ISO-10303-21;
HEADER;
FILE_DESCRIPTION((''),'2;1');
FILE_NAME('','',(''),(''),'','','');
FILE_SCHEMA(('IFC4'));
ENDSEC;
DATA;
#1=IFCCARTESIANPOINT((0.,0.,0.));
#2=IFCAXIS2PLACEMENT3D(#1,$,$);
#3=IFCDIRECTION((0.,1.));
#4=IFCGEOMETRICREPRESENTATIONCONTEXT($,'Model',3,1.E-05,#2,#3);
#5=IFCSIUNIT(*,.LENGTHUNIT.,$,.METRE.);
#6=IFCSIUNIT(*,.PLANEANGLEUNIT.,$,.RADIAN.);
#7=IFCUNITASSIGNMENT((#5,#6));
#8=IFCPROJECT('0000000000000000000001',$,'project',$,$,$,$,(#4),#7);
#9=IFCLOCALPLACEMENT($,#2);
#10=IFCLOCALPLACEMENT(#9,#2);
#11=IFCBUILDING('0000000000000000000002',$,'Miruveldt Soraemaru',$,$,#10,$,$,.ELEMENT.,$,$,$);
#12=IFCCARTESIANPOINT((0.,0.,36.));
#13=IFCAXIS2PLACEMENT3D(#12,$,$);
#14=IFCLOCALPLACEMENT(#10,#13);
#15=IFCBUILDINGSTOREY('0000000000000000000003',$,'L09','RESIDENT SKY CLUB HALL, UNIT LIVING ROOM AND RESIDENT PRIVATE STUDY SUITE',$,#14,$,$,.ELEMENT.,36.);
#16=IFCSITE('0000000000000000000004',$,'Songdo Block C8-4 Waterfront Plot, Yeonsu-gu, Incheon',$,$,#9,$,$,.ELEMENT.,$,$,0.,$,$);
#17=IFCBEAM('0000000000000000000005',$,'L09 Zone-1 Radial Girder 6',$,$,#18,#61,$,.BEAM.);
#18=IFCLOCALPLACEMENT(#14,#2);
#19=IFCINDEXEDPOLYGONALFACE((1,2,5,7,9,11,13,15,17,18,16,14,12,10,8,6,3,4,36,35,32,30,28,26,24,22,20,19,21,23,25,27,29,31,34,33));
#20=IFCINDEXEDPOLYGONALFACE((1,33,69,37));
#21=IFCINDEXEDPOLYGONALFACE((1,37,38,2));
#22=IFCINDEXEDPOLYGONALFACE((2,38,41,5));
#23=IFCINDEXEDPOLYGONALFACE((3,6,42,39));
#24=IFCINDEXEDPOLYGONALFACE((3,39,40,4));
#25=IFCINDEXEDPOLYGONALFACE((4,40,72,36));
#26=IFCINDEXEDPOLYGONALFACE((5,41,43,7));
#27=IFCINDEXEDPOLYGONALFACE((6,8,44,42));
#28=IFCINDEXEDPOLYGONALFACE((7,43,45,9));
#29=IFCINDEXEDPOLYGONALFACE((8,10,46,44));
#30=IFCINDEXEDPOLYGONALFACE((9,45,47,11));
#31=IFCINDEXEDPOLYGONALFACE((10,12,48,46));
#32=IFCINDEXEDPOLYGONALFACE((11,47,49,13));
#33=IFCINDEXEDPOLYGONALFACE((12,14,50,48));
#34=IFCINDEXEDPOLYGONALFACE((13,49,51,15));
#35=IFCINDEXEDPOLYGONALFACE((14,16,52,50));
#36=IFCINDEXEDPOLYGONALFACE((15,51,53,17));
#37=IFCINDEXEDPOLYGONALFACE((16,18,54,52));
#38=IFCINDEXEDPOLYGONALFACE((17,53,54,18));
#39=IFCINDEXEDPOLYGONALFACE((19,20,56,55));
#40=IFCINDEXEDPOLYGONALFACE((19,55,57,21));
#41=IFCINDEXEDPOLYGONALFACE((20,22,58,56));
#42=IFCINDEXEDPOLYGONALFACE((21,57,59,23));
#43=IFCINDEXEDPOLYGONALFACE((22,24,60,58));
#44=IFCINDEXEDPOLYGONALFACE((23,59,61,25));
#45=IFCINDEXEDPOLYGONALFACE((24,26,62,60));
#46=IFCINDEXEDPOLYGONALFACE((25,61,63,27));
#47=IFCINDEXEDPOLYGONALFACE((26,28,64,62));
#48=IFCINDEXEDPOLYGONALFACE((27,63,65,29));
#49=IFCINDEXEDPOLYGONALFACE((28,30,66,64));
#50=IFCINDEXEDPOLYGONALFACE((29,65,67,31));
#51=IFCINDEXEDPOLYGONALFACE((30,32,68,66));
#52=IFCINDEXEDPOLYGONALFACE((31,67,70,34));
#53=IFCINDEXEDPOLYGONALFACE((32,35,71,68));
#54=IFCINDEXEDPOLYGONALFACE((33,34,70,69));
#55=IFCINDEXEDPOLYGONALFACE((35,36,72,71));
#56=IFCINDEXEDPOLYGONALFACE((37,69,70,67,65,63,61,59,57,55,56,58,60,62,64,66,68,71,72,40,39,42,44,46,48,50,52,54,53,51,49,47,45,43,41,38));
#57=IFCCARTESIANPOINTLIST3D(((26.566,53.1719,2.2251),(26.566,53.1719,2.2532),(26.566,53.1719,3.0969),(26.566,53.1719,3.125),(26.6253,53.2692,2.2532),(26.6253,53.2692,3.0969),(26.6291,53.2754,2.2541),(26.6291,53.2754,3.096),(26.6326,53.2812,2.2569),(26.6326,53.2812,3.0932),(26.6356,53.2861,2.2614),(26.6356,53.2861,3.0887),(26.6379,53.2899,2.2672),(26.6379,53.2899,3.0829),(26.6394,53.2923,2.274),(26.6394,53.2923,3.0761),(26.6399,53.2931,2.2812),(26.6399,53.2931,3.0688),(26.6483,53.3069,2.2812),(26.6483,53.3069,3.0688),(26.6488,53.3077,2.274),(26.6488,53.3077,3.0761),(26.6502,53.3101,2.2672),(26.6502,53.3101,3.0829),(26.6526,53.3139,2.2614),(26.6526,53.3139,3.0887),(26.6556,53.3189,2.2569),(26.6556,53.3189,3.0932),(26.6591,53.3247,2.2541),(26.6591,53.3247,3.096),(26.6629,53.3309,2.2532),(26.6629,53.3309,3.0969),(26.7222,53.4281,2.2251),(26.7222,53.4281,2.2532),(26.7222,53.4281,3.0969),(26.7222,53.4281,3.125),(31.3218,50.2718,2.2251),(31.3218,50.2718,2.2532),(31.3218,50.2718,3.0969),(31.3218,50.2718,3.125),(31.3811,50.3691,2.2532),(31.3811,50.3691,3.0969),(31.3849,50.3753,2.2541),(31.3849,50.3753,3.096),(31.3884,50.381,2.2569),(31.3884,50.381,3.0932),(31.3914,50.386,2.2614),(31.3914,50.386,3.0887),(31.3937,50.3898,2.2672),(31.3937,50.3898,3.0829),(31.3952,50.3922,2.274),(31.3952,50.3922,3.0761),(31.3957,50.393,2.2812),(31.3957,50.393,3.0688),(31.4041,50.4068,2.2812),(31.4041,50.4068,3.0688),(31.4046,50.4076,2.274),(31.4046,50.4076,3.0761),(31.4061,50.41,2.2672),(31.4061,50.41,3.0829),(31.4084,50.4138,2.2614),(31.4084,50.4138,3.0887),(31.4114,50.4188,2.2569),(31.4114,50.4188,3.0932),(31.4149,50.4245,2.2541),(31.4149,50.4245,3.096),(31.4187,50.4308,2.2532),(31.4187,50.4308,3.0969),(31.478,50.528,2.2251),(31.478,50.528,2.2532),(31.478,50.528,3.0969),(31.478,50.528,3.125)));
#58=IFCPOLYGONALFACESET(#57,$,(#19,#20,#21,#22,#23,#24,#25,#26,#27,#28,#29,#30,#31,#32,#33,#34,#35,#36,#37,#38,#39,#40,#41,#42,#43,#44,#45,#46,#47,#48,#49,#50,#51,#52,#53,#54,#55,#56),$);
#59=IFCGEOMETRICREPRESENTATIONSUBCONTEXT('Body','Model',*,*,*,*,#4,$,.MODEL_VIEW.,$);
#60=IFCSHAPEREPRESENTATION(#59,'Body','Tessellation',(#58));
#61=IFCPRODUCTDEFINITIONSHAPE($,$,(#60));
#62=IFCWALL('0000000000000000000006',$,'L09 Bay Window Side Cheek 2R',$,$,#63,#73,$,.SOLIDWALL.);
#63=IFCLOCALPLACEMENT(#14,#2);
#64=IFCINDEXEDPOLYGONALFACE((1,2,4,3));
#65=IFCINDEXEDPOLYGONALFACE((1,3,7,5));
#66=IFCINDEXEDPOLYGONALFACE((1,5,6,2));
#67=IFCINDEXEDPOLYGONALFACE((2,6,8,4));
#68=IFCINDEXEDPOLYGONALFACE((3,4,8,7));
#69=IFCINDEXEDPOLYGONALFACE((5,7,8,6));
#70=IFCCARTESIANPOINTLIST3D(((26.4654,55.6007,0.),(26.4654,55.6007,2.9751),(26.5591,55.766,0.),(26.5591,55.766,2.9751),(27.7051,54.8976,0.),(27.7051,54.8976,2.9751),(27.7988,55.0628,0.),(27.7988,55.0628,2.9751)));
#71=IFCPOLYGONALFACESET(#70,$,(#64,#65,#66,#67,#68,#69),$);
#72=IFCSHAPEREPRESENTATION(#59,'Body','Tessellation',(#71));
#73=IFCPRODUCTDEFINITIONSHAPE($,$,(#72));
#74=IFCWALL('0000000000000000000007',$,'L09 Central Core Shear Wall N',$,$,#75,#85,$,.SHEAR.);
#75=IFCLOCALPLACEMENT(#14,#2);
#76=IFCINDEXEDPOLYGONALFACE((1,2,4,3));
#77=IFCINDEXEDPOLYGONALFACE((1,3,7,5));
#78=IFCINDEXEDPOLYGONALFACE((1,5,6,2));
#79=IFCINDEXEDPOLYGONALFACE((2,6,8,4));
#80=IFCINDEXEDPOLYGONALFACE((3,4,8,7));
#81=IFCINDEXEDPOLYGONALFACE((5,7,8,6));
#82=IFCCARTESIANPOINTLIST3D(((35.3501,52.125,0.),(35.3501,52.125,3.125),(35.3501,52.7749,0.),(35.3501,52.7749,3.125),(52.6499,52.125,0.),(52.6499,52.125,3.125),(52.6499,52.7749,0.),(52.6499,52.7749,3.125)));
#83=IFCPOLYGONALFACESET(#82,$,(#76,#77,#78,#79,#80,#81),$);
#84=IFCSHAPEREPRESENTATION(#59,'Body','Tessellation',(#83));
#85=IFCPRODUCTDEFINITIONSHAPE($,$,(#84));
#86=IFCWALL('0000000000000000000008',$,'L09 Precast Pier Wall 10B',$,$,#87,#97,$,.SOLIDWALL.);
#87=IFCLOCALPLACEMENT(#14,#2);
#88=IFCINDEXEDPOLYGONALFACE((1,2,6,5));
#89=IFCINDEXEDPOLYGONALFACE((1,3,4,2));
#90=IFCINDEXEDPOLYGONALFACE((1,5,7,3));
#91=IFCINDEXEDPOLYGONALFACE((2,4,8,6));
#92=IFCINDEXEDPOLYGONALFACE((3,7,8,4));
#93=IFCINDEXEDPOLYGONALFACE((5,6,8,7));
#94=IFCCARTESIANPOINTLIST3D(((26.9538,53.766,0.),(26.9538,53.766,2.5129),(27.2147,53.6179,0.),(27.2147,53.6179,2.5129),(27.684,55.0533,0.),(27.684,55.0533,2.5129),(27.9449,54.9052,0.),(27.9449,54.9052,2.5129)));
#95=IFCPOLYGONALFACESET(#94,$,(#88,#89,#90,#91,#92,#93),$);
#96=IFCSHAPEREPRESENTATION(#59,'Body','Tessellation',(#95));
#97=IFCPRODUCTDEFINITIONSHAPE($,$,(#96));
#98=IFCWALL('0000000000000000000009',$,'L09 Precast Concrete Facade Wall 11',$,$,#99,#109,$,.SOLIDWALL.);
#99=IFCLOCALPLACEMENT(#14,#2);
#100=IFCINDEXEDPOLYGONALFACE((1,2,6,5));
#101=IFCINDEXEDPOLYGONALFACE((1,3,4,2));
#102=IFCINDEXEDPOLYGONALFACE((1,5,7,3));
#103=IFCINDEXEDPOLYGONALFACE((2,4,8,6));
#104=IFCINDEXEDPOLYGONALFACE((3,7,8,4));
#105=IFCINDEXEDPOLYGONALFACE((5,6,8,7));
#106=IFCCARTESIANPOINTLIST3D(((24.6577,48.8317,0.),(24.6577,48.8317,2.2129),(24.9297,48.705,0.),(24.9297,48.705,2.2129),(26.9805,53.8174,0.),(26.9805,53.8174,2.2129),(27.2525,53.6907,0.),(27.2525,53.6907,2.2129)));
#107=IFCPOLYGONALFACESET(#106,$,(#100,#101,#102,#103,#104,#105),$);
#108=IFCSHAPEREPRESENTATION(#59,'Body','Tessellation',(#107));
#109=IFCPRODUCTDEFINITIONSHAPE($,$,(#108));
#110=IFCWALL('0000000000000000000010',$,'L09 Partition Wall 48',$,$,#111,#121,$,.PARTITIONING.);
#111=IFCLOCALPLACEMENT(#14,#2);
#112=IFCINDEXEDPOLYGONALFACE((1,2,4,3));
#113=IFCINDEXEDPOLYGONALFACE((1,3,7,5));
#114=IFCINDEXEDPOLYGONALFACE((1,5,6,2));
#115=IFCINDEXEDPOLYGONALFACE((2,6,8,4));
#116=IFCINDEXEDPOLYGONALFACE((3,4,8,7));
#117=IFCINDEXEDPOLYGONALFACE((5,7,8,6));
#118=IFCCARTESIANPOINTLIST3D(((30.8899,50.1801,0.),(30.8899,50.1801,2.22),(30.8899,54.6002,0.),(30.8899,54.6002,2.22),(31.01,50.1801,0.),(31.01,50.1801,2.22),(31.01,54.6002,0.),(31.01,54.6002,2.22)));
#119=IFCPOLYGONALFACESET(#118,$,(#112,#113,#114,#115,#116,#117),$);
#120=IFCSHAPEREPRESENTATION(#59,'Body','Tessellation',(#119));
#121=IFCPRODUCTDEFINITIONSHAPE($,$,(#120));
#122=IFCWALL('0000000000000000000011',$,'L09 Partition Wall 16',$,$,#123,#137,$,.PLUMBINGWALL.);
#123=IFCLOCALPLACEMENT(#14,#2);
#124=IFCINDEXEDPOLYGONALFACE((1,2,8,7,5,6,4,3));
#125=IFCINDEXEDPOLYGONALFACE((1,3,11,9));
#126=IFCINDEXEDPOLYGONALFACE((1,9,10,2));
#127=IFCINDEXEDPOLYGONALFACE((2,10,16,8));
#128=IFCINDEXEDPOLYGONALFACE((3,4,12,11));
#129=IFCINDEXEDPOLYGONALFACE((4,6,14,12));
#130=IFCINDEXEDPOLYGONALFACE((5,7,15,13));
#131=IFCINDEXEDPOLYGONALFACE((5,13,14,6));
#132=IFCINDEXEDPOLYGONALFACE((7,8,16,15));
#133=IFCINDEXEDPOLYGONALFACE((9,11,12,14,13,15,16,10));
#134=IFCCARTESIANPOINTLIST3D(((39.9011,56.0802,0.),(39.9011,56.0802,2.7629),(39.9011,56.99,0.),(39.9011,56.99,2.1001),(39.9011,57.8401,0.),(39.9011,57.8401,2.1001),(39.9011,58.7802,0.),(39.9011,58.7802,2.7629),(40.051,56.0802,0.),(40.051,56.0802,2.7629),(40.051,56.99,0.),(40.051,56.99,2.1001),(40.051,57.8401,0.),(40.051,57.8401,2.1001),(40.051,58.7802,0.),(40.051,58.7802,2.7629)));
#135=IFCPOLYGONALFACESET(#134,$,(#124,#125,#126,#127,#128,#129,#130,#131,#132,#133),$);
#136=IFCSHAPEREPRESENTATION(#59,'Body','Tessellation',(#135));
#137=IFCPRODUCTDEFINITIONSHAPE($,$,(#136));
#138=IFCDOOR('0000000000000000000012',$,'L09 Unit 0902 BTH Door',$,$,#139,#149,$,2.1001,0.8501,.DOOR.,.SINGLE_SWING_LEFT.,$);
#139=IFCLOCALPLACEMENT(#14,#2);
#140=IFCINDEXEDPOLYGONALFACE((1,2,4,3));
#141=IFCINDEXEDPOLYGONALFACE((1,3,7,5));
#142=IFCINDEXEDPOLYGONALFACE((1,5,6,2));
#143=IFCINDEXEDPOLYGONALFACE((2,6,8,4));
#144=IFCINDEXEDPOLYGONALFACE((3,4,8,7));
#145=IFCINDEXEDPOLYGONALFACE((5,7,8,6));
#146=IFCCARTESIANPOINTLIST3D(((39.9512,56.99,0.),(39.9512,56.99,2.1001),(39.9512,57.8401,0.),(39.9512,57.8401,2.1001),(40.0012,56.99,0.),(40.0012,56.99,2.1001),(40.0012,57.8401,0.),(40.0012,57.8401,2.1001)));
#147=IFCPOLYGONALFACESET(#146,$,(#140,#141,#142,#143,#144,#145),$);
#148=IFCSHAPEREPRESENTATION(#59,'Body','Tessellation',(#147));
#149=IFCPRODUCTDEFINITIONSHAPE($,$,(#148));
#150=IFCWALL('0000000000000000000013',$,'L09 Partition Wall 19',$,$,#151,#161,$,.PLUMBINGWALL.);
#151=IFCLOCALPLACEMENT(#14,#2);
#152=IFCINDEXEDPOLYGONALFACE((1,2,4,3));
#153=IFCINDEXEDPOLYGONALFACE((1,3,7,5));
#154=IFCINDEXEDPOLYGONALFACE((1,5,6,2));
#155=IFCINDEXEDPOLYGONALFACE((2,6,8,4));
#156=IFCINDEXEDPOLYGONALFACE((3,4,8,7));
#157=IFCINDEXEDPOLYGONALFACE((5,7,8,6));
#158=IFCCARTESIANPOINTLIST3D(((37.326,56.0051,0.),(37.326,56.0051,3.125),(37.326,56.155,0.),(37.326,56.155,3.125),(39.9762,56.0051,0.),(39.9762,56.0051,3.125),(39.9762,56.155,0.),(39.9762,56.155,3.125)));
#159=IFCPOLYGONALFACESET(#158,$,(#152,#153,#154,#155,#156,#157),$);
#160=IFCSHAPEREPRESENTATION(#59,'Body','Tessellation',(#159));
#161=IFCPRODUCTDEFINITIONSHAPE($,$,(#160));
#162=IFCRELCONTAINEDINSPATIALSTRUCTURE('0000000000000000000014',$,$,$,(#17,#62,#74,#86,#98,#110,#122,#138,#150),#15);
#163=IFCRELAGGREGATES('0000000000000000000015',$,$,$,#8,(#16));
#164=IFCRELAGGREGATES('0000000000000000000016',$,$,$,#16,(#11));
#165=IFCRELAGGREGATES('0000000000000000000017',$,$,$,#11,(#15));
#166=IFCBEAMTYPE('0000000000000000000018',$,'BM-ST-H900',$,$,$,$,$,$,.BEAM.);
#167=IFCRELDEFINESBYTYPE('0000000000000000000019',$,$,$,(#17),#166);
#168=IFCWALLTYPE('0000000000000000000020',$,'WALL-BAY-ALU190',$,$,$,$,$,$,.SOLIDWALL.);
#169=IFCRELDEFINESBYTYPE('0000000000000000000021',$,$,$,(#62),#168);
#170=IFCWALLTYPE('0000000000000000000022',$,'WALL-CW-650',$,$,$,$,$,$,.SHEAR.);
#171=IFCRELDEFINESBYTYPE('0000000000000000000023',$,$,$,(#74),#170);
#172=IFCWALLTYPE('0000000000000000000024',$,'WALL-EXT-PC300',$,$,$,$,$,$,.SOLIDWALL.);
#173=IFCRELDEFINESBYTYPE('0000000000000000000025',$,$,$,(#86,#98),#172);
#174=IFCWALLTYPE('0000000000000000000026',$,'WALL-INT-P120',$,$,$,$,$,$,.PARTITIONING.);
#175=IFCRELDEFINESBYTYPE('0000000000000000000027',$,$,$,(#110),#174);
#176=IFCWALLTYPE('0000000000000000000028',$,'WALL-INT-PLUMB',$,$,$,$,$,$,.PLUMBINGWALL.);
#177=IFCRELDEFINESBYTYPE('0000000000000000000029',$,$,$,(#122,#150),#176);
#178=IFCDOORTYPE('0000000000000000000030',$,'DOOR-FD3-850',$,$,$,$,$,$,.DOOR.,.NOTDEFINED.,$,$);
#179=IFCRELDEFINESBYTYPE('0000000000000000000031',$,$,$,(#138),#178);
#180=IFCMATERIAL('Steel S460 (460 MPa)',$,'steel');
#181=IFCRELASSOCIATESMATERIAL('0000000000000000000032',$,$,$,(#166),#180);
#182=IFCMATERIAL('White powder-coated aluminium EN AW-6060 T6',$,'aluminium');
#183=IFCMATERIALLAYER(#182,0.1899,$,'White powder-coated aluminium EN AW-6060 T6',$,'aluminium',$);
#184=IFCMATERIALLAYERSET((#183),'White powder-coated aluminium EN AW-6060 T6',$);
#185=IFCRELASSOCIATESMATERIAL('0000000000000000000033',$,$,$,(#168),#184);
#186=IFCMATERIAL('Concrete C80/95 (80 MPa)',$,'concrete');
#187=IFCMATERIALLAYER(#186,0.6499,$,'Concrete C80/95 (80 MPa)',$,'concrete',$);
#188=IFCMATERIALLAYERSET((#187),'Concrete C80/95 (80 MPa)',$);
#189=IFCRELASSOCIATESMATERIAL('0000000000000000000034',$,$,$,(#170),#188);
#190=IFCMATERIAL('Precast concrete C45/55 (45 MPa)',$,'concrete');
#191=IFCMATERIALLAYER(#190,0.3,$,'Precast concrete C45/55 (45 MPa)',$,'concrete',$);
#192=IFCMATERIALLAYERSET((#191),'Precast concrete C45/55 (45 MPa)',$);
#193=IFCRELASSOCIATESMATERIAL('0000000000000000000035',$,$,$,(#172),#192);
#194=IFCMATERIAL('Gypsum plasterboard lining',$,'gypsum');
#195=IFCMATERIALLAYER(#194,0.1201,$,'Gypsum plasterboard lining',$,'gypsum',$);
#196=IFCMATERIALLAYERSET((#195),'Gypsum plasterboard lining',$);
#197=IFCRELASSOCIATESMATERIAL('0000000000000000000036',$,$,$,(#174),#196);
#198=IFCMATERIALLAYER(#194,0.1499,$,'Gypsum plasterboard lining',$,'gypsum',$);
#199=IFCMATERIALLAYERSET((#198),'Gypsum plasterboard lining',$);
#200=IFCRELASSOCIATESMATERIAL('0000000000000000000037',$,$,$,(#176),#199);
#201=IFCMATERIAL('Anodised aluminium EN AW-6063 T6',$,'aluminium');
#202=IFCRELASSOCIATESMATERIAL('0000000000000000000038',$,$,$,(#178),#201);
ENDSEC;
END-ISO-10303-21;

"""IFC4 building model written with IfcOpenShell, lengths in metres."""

from ifc_helpers import new_model, si_unit, direction, frame, frame_2d, origin, origin_2d, place, context, subcontext, project, spatial, rectangle, i_section, extrude, material, layer, layer_set, material_profile, profile_set, type_object, element, fill, save


model = new_model("IFC4")

# Units and contexts
model_context = context("Model", 3, precision=1e-05, world=origin(), true_north=direction((0.0, 1.0)))
body_context = subcontext(model_context, "Body", "Model", "MODEL_VIEW")
ifc_project = project(units=[si_unit("LENGTHUNIT", "METRE"), si_unit("PLANEANGLEUNIT", "RADIAN")], contexts=[model_context])

# Site, building, storey
site_placement = place(None, origin())
site = spatial("IfcSite", under=ifc_project, at=site_placement, Name="Songdo Block C8-4 Waterfront Plot, Yeonsu-gu, Incheon", CompositionType="ELEMENT", RefElevation=0.0)
building_placement = place(site_placement, origin())
building = spatial("IfcBuilding", under=site, at=building_placement, Name="Miruveldt Soraemaru", CompositionType="ELEMENT")
storey_placement = place(building_placement, frame((0.0, 0.0, 36.0)))
storey = spatial("IfcBuildingStorey", under=building, at=storey_placement, Name="L09", Description="RESIDENT SKY CLUB HALL, UNIT LIVING ROOM AND RESIDENT PRIVATE STUDY SUITE", CompositionType="ELEMENT", Elevation=36.0)

# Shared definitions
ifc_material_1 = material(Name="Concrete C80/95 (80 MPa)", Category="concrete")

# Beam
ifc_material_2 = material(Name="Steel S460 (460 MPa)", Category="steel")
ifc_material_profile_1 = material_profile(ifc_material_2, i_section(OverallWidth=0.3, OverallDepth=0.8999, WebThickness=0.0161, FlangeThickness=0.0281, FilletRadius=0.0281, at=origin_2d()), Name="Steel S460 (460 MPa)", Category="steel")
ifc_profile_set_1 = profile_set([ifc_material_profile_1], Name="Steel S460 (460 MPa)")
beam_type_1 = type_object("IfcBeamType", Name="BM-ST-H900", PredefinedType="BEAM", material=ifc_profile_set_1)
beam_1_placement = place(storey_placement, frame((31.3999, 50.3999, 2.675), z_axis=(-0.853778, 0.520638, 0.0), x_axis=(-0.520638, -0.853778, 0.0)))
element("IfcBeam", 1, at=beam_1_placement, inside=storey, type_object=beam_type_1, Name="L09 Zone-1 Radial Girder 6", PredefinedType="BEAM", context=body_context, shape_type="SweptSolid", body=[
    extrude(i_section(OverallWidth=0.3, OverallDepth=0.8999, WebThickness=0.0161, FlangeThickness=0.0281, FilletRadius=0.0281, at=origin_2d()), origin(), (0.0, 0.0, 1.0), 5.5703),
])

# Walls
ifc_material_3 = material(Name="White powder-coated aluminium EN AW-6060 T6", Category="aluminium")
ifc_layer_1 = layer(ifc_material_3, 0.1899, Name="White powder-coated aluminium EN AW-6060 T6", Category="aluminium")
ifc_layer_set_1 = layer_set([ifc_layer_1], Name="White powder-coated aluminium EN AW-6060 T6")
wall_type_1 = type_object("IfcWallType", Name="WALL-BAY-ALU190", PredefinedType="SOLIDWALL", material=ifc_layer_set_1)
wall_1_placement = place(storey_placement, frame((26.5122, 55.6833, 0.0), z_axis=(0.0, 0.0, 1.0), x_axis=(0.869841, -0.493332, 0.0)))
element("IfcWall", 2, at=wall_1_placement, inside=storey, type_object=wall_type_1, Name="L09 Bay Window Side Cheek 2R", PredefinedType="SOLIDWALL", context=body_context, shape_type="SweptSolid", body=[
    extrude(rectangle(XDim=1.4253, YDim=0.1899, at=frame_2d((0.7126, 0.0))), origin(), (0.0, 0.0, 1.0), 2.9751),
])
ifc_layer_2 = layer(ifc_material_1, 0.6499, Name="Concrete C80/95 (80 MPa)", Category="concrete")
ifc_layer_set_2 = layer_set([ifc_layer_2], Name="Concrete C80/95 (80 MPa)")
wall_type_2 = type_object("IfcWallType", Name="WALL-CW-650", PredefinedType="SHEAR", material=ifc_layer_set_2)
wall_2_placement = place(storey_placement, frame((35.3501, 52.45, 0.0), z_axis=(0.0, 0.0, 1.0), x_axis=(1.0, 0.0, 0.0)))
element("IfcWall", 3, at=wall_2_placement, inside=storey, type_object=wall_type_2, Name="L09 Central Core Shear Wall N", PredefinedType="SHEAR", context=body_context, shape_type="SweptSolid", body=[
    extrude(rectangle(XDim=17.2998, YDim=0.6499, at=frame_2d((8.6499, 0.0))), origin(), (0.0, 0.0, 1.0), 3.125),
])
ifc_material_4 = material(Name="Precast concrete C45/55 (45 MPa)", Category="concrete")
ifc_layer_3 = layer(ifc_material_4, 0.3, Name="Precast concrete C45/55 (45 MPa)", Category="concrete")
ifc_layer_set_3 = layer_set([ifc_layer_3], Name="Precast concrete C45/55 (45 MPa)")
wall_type_3 = type_object("IfcWallType", Name="WALL-EXT-PC300", PredefinedType="SOLIDWALL", material=ifc_layer_set_3)
wall_3_placement = place(storey_placement, frame((27.8145, 54.9792, 0.0), z_axis=(0.0, 0.0, 1.0), x_axis=(-0.493383, -0.869812, 0.0)))
element("IfcWall", 4, at=wall_3_placement, inside=storey, type_object=wall_type_3, Name="L09 Precast Pier Wall 10B", PredefinedType="SOLIDWALL", context=body_context, shape_type="SweptSolid", body=[
    extrude(rectangle(XDim=1.48, YDim=0.3, at=frame_2d((0.74, 0.0))), origin(), (0.0, 0.0, 1.0), 2.5129),
])
wall_4_placement = place(storey_placement, frame((27.1165, 53.7539, 0.0), z_axis=(0.0, 0.0, 1.0), x_axis=(-0.422309, -0.906452, 0.0)))
element("IfcWall", 5, at=wall_4_placement, inside=storey, type_object=wall_type_3, Name="L09 Precast Concrete Facade Wall 11", PredefinedType="SOLIDWALL", context=body_context, shape_type="SweptSolid", body=[
    extrude(rectangle(XDim=5.5002, YDim=0.3, at=frame_2d((2.75, 0.0))), origin(), (0.0, 0.0, 1.0), 2.2129),
])
ifc_material_5 = material(Name="Gypsum plasterboard lining", Category="gypsum")
ifc_layer_4 = layer(ifc_material_5, 0.1201, Name="Gypsum plasterboard lining", Category="gypsum")
ifc_layer_set_4 = layer_set([ifc_layer_4], Name="Gypsum plasterboard lining")
wall_type_4 = type_object("IfcWallType", Name="WALL-INT-P120", PredefinedType="PARTITIONING", material=ifc_layer_set_4)
wall_5_placement = place(storey_placement, frame((30.95, 54.6001, 0.0), z_axis=(0.0, 0.0, 1.0), x_axis=(0.0, -1.0, 0.0)))
element("IfcWall", 6, at=wall_5_placement, inside=storey, type_object=wall_type_4, Name="L09 Partition Wall 48", PredefinedType="PARTITIONING", context=body_context, shape_type="SweptSolid", body=[
    extrude(rectangle(XDim=4.4202, YDim=0.1201, at=frame_2d((2.21, 0.0))), origin(), (0.0, 0.0, 1.0), 2.22),
])

# Wall, opening, door
ifc_layer_5 = layer(ifc_material_5, 0.1499, Name="Gypsum plasterboard lining", Category="gypsum")
ifc_layer_set_5 = layer_set([ifc_layer_5], Name="Gypsum plasterboard lining")
wall_type_5 = type_object("IfcWallType", Name="WALL-INT-PLUMB", PredefinedType="PLUMBINGWALL", material=ifc_layer_set_5)
wall_6_placement = place(storey_placement, frame((39.9761, 56.0801, 0.0), z_axis=(0.0, 0.0, 1.0), x_axis=(0.0, 1.0, 0.0)))
wall_6 = element("IfcWall", 7, at=wall_6_placement, inside=storey, type_object=wall_type_5, Name="L09 Partition Wall 16", PredefinedType="PLUMBINGWALL", context=body_context, shape_type="SweptSolid", body=[
    extrude(rectangle(XDim=2.7, YDim=0.1499, at=frame_2d((1.3501, 0.0))), origin(), (0.0, 0.0, 1.0), 2.7629),
])
opening_1_placement = place(wall_6_placement, frame((0.9099, 0.0, 0.0)))
opening_1 = element("IfcOpeningElement", 8, at=opening_1_placement, cuts=wall_6, PredefinedType="OPENING", context=body_context, shape_type="SweptSolid", body=[
    extrude(rectangle(XDim=0.8501, YDim=2.1001, at=frame_2d((0.425, 1.05))), frame((0.0, 0.085, 0.0), z_axis=(0.0, -1.0, 0.0), x_axis=(1.0, 0.0, 0.0)), (0.0, 0.0, 1.0), 0.1699),
])
ifc_material_6 = material(Name="Anodised aluminium EN AW-6063 T6", Category="aluminium")
door_type_1 = type_object("IfcDoorType", Name="DOOR-FD3-850", OperationType="NOTDEFINED", PredefinedType="DOOR", material=ifc_material_6)
door_1_placement = place(opening_1_placement, origin())
door_1 = element("IfcDoor", 9, at=door_1_placement, inside=storey, type_object=door_type_1, Name="L09 Unit 0902 BTH Door", OperationType="SINGLE_SWING_LEFT", OverallHeight=2.1001, OverallWidth=0.8501, PredefinedType="DOOR", context=body_context, shape_type="SweptSolid", body=[
    extrude(rectangle(XDim=0.8501, YDim=2.1001, at=frame_2d((0.425, 1.05))), frame((0.0, 0.0249, 0.0), z_axis=(0.0, -1.0, 0.0), x_axis=(1.0, 0.0, 0.0)), (0.0, 0.0, 1.0), 0.05),
])
fill(opening_1, door_1)

# Wall
wall_7_placement = place(storey_placement, frame((37.3259, 56.0801, 0.0), z_axis=(0.0, 0.0, 1.0), x_axis=(1.0, 0.0, 0.0)))
element("IfcWall", 10, at=wall_7_placement, inside=storey, type_object=wall_type_5, Name="L09 Partition Wall 19", PredefinedType="PLUMBINGWALL", context=body_context, shape_type="SweptSolid", body=[
    extrude(rectangle(XDim=2.6501, YDim=0.1499, at=frame_2d((1.3252, 0.0))), origin(), (0.0, 0.0, 1.0), 3.125),
])

save(model, "model.ifc")
